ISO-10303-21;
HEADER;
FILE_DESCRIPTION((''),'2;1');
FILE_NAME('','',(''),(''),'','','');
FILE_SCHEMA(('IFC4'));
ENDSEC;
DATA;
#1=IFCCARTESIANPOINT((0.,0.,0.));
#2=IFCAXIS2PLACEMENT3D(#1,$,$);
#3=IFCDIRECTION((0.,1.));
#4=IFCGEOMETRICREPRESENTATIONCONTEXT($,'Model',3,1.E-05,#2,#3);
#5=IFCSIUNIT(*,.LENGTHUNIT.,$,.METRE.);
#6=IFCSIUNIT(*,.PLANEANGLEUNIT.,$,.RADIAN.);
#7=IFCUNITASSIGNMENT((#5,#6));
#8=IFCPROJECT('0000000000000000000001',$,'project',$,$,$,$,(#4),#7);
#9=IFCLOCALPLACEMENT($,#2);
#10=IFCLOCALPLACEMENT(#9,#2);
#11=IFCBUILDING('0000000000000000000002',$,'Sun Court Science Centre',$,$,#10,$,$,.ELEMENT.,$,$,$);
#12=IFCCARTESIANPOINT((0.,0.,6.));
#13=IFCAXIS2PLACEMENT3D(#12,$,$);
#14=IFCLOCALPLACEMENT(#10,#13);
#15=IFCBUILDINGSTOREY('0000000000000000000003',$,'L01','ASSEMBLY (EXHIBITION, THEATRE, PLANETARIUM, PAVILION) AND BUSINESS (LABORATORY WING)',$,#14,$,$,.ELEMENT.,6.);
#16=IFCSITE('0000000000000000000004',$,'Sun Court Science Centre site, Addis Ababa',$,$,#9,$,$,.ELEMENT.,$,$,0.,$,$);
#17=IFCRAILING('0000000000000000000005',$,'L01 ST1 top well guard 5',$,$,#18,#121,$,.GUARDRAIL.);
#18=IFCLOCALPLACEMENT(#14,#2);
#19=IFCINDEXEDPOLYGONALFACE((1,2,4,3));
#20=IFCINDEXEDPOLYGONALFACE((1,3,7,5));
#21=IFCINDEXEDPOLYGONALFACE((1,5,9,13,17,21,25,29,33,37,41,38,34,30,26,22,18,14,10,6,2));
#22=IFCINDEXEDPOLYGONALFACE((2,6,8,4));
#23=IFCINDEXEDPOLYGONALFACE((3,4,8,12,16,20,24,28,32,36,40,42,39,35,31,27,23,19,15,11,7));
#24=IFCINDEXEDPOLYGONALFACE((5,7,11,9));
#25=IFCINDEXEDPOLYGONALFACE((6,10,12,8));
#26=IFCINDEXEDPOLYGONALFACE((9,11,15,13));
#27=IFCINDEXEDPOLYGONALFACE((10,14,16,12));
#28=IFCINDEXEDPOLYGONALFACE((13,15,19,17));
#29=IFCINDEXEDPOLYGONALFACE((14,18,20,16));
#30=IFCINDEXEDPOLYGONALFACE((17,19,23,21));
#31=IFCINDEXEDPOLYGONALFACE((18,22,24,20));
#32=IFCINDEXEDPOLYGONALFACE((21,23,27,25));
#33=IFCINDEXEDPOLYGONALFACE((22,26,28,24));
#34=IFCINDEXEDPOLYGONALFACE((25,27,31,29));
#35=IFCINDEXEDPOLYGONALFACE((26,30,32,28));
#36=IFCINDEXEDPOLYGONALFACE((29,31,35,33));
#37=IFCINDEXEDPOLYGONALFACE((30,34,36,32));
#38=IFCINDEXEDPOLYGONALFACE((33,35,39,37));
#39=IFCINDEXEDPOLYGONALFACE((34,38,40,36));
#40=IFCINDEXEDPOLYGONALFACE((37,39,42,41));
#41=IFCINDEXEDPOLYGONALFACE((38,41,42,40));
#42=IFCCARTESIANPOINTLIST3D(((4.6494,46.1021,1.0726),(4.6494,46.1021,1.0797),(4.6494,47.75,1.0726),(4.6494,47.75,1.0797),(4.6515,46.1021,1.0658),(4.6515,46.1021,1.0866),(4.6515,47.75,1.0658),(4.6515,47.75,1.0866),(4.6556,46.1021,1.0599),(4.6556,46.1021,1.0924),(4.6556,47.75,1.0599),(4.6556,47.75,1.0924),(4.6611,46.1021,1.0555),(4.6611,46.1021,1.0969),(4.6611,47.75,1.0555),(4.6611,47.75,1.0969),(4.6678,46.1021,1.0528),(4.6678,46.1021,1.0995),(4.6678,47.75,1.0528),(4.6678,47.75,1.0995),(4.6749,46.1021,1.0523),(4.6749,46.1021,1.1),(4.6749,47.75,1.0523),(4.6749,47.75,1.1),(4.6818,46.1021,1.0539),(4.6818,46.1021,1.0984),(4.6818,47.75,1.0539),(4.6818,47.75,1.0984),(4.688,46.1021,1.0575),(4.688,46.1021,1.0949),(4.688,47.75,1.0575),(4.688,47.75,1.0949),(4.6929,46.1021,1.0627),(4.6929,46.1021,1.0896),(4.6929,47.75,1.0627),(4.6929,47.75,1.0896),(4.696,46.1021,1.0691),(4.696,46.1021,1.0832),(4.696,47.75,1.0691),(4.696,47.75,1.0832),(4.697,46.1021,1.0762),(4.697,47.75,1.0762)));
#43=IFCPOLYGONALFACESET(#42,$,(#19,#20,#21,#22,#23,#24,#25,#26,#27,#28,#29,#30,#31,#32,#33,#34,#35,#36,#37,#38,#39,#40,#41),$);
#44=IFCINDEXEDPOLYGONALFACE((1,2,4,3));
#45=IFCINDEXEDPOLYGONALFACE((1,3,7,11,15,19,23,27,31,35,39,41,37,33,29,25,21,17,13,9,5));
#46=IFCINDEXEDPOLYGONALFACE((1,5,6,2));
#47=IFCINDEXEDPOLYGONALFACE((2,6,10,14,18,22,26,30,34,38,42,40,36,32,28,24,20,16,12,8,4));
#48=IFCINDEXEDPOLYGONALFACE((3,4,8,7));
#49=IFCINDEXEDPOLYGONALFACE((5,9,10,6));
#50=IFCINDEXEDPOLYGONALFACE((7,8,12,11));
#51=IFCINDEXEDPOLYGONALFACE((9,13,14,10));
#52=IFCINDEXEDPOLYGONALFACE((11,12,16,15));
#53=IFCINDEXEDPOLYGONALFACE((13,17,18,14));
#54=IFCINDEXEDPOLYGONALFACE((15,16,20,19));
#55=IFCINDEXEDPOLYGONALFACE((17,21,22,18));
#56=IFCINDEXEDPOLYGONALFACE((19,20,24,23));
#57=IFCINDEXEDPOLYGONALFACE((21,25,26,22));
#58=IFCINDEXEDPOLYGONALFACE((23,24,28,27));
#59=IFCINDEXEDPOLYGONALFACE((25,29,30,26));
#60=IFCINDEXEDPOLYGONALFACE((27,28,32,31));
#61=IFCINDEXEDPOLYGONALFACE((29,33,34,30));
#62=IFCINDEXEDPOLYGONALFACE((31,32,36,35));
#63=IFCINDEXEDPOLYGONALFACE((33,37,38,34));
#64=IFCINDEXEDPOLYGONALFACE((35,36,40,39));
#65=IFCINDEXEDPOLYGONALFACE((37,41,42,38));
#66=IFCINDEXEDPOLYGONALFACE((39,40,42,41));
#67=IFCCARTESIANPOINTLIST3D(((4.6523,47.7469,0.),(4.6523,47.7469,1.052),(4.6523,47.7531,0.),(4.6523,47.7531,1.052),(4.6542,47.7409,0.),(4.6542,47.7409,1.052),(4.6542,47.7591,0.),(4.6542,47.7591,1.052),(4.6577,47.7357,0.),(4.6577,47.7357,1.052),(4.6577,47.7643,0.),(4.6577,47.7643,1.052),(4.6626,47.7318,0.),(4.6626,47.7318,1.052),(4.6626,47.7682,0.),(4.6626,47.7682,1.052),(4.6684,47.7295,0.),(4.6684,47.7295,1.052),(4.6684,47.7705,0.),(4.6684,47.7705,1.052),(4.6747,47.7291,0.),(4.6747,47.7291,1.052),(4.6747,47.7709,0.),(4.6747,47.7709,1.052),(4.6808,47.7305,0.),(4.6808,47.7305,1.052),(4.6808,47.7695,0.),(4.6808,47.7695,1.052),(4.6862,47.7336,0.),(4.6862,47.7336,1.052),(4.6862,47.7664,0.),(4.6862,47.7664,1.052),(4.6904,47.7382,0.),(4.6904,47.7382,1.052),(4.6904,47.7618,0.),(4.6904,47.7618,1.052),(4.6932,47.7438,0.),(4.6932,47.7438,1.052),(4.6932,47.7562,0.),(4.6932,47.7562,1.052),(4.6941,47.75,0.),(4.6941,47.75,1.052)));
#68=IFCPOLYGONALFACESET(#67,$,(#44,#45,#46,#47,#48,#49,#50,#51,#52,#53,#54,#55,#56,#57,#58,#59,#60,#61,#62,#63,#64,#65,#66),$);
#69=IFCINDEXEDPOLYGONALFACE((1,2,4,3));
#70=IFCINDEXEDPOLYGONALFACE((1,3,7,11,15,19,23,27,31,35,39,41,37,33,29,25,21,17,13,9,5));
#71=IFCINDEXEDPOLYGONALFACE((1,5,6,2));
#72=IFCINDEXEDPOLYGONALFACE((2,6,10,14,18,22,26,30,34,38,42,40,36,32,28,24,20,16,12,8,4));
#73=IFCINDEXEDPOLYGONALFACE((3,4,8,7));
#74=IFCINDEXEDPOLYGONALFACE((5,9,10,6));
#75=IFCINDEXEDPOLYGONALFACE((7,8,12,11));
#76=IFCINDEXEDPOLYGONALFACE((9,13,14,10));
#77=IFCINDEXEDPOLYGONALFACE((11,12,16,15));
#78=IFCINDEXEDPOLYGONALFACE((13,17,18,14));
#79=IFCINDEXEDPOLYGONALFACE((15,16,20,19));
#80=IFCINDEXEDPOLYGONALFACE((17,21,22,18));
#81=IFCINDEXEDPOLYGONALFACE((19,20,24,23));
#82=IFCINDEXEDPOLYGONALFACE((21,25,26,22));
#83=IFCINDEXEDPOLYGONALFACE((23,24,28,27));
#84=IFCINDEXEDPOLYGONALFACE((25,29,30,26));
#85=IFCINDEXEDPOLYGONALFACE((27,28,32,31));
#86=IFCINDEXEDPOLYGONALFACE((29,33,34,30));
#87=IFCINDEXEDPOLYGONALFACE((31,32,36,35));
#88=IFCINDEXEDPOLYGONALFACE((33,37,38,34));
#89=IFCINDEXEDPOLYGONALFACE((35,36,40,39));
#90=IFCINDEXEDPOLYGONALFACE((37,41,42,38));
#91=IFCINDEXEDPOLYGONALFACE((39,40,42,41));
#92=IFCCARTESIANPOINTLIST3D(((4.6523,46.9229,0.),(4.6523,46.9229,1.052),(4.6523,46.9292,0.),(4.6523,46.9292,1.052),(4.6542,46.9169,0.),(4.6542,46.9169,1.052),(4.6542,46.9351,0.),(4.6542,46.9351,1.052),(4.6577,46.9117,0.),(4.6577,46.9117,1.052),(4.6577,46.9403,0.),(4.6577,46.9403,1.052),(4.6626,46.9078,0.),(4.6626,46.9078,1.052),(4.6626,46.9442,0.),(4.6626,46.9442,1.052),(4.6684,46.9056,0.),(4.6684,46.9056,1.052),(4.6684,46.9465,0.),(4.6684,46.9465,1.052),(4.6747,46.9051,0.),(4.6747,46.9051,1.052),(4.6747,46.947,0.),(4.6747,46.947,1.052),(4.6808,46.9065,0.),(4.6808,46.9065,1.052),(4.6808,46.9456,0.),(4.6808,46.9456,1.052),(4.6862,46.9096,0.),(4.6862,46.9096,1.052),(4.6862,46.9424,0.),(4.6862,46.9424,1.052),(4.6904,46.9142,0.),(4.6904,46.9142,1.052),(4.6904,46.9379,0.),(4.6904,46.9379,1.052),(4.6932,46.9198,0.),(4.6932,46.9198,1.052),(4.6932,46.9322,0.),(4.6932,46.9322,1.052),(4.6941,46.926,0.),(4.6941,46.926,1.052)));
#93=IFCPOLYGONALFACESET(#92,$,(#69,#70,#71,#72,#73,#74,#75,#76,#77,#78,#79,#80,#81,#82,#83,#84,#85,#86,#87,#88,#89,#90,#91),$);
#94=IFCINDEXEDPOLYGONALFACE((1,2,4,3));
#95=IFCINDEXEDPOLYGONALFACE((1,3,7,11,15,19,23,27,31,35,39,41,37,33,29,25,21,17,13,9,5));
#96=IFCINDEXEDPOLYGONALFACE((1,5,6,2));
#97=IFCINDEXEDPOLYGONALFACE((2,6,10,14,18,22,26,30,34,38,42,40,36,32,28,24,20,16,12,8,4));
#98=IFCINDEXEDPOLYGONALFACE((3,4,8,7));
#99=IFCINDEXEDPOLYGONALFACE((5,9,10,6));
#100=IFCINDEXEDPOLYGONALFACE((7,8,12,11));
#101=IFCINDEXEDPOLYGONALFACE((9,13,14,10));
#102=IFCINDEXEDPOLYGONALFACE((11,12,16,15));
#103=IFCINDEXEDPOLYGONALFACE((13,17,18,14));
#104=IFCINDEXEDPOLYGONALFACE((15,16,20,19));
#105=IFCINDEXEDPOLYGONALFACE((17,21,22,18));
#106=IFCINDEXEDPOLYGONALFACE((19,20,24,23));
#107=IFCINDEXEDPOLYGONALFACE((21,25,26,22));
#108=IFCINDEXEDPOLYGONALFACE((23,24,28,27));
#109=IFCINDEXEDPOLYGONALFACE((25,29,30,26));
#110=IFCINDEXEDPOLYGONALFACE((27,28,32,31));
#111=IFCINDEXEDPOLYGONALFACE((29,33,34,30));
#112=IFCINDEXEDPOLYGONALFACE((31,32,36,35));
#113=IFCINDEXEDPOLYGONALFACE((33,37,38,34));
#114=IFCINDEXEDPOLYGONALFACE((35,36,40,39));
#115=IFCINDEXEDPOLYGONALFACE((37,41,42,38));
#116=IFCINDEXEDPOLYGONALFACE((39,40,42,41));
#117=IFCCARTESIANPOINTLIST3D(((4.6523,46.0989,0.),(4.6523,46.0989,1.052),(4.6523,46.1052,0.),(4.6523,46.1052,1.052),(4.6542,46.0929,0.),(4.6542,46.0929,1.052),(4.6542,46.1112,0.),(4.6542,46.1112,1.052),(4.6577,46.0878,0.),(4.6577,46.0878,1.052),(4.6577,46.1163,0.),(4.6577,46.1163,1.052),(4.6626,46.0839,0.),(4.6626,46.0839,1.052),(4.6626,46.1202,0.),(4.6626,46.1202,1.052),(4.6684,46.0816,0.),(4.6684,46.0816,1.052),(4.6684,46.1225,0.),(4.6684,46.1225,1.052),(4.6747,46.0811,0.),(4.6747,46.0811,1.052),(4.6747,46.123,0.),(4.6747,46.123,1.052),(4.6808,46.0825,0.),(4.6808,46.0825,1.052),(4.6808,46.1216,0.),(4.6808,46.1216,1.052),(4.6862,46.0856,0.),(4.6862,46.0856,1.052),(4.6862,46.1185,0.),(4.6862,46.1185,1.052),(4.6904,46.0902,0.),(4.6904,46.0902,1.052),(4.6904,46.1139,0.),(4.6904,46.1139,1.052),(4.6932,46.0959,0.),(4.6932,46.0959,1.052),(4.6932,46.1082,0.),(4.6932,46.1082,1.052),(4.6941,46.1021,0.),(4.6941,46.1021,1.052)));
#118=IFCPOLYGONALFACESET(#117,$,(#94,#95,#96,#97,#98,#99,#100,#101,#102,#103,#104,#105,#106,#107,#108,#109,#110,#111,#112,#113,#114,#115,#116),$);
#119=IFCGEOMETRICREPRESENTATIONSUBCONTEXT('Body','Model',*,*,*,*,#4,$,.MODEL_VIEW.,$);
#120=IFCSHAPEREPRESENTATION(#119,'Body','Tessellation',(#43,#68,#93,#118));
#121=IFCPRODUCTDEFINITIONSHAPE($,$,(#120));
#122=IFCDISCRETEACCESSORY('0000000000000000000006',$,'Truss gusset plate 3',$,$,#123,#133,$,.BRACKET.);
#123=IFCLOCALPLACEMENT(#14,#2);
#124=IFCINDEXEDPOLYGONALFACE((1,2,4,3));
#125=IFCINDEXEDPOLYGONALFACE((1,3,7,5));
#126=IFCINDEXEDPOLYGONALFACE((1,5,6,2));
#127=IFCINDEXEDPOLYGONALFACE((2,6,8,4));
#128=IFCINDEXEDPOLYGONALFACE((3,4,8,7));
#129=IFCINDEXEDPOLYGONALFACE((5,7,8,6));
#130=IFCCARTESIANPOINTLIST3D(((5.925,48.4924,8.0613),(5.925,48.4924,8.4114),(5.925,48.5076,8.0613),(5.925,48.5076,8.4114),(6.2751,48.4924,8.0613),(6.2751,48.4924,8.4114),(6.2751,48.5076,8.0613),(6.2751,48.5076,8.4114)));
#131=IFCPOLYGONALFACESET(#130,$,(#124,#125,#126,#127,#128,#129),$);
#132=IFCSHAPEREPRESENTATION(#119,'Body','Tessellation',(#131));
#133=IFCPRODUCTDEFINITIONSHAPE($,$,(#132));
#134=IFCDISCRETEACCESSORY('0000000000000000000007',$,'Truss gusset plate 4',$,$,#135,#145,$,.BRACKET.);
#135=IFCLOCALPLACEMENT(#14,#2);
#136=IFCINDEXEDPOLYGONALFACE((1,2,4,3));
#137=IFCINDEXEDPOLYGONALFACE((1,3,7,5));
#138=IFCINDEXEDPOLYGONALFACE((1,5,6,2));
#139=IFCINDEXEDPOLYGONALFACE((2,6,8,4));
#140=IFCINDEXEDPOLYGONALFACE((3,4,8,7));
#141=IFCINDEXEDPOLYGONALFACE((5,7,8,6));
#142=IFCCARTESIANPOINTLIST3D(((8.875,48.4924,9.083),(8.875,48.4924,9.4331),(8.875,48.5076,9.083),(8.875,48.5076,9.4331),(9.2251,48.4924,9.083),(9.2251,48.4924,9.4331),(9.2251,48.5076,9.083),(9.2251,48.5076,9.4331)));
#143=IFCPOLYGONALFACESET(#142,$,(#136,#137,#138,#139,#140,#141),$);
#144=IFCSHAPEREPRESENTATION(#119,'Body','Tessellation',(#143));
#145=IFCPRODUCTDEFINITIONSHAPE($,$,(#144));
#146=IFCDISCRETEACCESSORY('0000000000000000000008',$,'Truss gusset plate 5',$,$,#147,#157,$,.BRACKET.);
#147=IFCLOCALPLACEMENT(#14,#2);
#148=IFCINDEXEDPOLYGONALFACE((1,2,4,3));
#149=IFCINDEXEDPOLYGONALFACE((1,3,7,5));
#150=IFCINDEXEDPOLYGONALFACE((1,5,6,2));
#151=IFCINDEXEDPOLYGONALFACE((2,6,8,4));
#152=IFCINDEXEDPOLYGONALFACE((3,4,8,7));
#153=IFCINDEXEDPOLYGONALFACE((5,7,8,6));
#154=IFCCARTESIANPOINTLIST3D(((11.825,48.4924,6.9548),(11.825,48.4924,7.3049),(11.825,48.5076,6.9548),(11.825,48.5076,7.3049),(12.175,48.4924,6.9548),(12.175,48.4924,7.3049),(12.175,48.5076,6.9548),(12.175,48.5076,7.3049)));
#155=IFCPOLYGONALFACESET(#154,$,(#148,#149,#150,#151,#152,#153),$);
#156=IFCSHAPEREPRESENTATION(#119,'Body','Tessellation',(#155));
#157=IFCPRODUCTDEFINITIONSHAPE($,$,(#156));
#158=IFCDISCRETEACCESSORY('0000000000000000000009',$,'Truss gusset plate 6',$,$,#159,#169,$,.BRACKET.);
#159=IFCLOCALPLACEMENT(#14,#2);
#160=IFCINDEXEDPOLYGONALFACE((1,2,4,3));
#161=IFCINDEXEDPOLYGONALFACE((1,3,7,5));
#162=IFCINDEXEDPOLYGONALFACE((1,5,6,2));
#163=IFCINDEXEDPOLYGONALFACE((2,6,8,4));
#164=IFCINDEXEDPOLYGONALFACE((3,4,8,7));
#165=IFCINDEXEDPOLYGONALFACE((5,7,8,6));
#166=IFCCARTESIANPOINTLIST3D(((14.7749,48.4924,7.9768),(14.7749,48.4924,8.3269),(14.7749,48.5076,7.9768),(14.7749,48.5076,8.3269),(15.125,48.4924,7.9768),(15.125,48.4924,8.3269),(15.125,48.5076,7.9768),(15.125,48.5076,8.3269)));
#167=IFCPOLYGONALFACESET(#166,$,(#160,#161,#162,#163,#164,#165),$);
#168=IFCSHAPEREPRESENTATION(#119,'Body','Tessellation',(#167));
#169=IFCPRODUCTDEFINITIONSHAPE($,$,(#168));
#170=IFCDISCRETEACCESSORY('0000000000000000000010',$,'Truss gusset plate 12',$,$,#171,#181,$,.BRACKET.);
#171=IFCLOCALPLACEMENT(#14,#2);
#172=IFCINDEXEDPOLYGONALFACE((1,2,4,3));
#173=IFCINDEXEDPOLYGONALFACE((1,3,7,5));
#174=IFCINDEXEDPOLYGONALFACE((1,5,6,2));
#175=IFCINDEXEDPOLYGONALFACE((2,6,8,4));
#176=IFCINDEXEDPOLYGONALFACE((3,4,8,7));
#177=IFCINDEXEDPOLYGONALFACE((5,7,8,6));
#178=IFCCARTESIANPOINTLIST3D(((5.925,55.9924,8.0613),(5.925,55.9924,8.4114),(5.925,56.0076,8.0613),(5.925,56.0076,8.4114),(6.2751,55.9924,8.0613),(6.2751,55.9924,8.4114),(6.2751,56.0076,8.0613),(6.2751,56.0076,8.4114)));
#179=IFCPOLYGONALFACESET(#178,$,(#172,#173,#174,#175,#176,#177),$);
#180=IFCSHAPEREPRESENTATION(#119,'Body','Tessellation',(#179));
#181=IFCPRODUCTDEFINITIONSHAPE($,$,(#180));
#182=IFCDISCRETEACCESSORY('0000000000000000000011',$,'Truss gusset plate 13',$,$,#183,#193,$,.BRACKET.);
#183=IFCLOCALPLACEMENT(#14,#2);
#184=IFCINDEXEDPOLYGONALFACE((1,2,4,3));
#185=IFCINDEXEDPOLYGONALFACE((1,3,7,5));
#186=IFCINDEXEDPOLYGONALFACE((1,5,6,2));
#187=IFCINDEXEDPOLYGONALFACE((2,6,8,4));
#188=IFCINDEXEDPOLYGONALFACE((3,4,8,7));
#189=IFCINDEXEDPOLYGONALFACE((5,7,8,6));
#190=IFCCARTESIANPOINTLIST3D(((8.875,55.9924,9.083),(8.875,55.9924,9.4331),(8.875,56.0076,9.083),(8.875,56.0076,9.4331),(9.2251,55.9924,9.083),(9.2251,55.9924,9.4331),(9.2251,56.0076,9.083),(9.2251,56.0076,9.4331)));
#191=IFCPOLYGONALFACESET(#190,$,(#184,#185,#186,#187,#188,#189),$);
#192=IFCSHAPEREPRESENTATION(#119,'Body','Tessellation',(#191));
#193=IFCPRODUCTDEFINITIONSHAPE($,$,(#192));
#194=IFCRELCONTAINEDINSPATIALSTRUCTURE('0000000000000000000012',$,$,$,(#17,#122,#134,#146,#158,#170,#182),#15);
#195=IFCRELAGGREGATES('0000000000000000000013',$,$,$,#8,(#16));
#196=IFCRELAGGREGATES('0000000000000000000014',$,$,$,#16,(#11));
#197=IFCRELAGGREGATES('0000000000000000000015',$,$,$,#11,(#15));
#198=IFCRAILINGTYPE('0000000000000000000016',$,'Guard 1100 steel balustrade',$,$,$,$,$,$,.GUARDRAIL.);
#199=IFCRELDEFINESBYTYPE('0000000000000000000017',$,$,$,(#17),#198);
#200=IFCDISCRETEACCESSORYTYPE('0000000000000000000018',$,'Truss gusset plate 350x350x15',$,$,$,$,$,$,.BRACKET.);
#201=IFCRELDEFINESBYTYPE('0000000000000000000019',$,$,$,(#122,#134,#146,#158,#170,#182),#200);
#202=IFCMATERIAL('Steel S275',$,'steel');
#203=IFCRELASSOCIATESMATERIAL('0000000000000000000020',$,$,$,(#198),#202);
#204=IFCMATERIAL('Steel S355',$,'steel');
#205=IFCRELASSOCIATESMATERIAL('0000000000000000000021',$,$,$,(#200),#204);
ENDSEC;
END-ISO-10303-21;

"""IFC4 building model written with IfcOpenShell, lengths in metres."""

from ifc_helpers import new_model, si_unit, direction, frame, origin, origin_2d, place, context, subcontext, project, spatial, rectangle, circle, extrude, material, material_profile, profile_set, type_object, element, save


model = new_model("IFC4")

# Units and contexts
model_context = context("Model", 3, precision=1e-05, world=origin(), true_north=direction((0.0, 1.0)))
body_context = subcontext(model_context, "Body", "Model", "MODEL_VIEW")
ifc_project = project(units=[si_unit("LENGTHUNIT", "METRE"), si_unit("PLANEANGLEUNIT", "RADIAN")], contexts=[model_context])

# Site, building, storey
site_placement = place(None, origin())
site = spatial("IfcSite", under=ifc_project, at=site_placement, Name="Sun Court Science Centre site, Addis Ababa", CompositionType="ELEMENT", RefElevation=0.0)
building_placement = place(site_placement, origin())
building = spatial("IfcBuilding", under=site, at=building_placement, Name="Sun Court Science Centre", CompositionType="ELEMENT")
storey_placement = place(building_placement, frame((0.0, 0.0, 6.0)))
storey = spatial("IfcBuildingStorey", under=building, at=storey_placement, Name="L01", Description="ASSEMBLY (EXHIBITION, THEATRE, PLANETARIUM, PAVILION) AND BUSINESS (LABORATORY WING)", CompositionType="ELEMENT", Elevation=6.0)

# Railing
ifc_material_1 = material(Name="Steel S275", Category="steel")
railing_type = type_object("IfcRailingType", Name="Guard 1100 steel balustrade", PredefinedType="GUARDRAIL", material=ifc_material_1)
railing_1_placement = place(storey_placement, frame((4.6731, 47.75, 0.0)))
element("IfcRailing", 1, at=railing_1_placement, inside=storey, type_object=railing_type, Name="L01 ST1 top well guard 5", PredefinedType="GUARDRAIL", context=body_context, shape_type="SweptSolid", body=[
    extrude(circle(Radius=0.0239, at=origin_2d()), frame((0.0, 0.0, 1.0762), z_axis=(0.0, -1.0, 0.0), x_axis=(1.0, 0.0, 0.0)), (0.0, 0.0, 1.0), 1.6479),
    extrude(circle(Radius=0.021, at=origin_2d()), origin(), (0.0, 0.0, 1.0), 1.052),
    extrude(circle(Radius=0.021, at=origin_2d()), frame((0.0, -0.824, 0.0)), (0.0, 0.0, 1.0), 1.052),
    extrude(circle(Radius=0.021, at=origin_2d()), frame((0.0, -1.6479, 0.0)), (0.0, 0.0, 1.0), 1.052),
])

# Discrete accessories
ifc_material_2 = material(Name="Steel S355", Category="steel")
ifc_material_profile_1 = material_profile(ifc_material_2, rectangle(XDim=0.3501, YDim=0.3501, at=origin_2d()), Name="PL 350x350")
ifc_profile_set_1 = profile_set([ifc_material_profile_1], Name="Steel S355")
discrete_accessory_type = type_object("IfcDiscreteAccessoryType", Name="Truss gusset plate 350x350x15", PredefinedType="BRACKET", material=ifc_profile_set_1)
for number, where, z_axis, x_axis, name in (
    (2, (6.1001, 48.4924, 8.2363), (0.0, 1.0, 0.0), (-1.0, 0.0, 0.0), "Truss gusset plate 3"),
    (3, (9.05, 48.4924, 9.2581), (0.0, 1.0, 0.0), (-1.0, 0.0, 0.0), "Truss gusset plate 4"),
    (4, (12.0, 48.4924, 7.1299), (0.0, 1.0, 0.0), (-1.0, 0.0, 0.0), "Truss gusset plate 5"),
    (5, (14.95, 48.4924, 8.1519), (0.0, 1.0, 0.0), (-1.0, 0.0, 0.0), "Truss gusset plate 6"),
    (6, (6.1001, 55.9924, 8.2363), (0.0, 1.0, 0.0), (-1.0, 0.0, 0.0), "Truss gusset plate 12"),
    (7, (9.05, 55.9924, 9.2581), (0.0, 1.0, 0.0), (-1.0, 0.0, 0.0), "Truss gusset plate 13"),
):
    element("IfcDiscreteAccessory", number, at=place(storey_placement, frame(where, z_axis=z_axis, x_axis=x_axis)), inside=storey, type_object=discrete_accessory_type, Name=name, PredefinedType="BRACKET", context=body_context, shape_type="SweptSolid", body=[
        extrude(rectangle(XDim=0.3501, YDim=0.3501, at=origin_2d()), origin(), (0.0, 0.0, 1.0), 0.0151),
    ])

save(model, "model.ifc")
